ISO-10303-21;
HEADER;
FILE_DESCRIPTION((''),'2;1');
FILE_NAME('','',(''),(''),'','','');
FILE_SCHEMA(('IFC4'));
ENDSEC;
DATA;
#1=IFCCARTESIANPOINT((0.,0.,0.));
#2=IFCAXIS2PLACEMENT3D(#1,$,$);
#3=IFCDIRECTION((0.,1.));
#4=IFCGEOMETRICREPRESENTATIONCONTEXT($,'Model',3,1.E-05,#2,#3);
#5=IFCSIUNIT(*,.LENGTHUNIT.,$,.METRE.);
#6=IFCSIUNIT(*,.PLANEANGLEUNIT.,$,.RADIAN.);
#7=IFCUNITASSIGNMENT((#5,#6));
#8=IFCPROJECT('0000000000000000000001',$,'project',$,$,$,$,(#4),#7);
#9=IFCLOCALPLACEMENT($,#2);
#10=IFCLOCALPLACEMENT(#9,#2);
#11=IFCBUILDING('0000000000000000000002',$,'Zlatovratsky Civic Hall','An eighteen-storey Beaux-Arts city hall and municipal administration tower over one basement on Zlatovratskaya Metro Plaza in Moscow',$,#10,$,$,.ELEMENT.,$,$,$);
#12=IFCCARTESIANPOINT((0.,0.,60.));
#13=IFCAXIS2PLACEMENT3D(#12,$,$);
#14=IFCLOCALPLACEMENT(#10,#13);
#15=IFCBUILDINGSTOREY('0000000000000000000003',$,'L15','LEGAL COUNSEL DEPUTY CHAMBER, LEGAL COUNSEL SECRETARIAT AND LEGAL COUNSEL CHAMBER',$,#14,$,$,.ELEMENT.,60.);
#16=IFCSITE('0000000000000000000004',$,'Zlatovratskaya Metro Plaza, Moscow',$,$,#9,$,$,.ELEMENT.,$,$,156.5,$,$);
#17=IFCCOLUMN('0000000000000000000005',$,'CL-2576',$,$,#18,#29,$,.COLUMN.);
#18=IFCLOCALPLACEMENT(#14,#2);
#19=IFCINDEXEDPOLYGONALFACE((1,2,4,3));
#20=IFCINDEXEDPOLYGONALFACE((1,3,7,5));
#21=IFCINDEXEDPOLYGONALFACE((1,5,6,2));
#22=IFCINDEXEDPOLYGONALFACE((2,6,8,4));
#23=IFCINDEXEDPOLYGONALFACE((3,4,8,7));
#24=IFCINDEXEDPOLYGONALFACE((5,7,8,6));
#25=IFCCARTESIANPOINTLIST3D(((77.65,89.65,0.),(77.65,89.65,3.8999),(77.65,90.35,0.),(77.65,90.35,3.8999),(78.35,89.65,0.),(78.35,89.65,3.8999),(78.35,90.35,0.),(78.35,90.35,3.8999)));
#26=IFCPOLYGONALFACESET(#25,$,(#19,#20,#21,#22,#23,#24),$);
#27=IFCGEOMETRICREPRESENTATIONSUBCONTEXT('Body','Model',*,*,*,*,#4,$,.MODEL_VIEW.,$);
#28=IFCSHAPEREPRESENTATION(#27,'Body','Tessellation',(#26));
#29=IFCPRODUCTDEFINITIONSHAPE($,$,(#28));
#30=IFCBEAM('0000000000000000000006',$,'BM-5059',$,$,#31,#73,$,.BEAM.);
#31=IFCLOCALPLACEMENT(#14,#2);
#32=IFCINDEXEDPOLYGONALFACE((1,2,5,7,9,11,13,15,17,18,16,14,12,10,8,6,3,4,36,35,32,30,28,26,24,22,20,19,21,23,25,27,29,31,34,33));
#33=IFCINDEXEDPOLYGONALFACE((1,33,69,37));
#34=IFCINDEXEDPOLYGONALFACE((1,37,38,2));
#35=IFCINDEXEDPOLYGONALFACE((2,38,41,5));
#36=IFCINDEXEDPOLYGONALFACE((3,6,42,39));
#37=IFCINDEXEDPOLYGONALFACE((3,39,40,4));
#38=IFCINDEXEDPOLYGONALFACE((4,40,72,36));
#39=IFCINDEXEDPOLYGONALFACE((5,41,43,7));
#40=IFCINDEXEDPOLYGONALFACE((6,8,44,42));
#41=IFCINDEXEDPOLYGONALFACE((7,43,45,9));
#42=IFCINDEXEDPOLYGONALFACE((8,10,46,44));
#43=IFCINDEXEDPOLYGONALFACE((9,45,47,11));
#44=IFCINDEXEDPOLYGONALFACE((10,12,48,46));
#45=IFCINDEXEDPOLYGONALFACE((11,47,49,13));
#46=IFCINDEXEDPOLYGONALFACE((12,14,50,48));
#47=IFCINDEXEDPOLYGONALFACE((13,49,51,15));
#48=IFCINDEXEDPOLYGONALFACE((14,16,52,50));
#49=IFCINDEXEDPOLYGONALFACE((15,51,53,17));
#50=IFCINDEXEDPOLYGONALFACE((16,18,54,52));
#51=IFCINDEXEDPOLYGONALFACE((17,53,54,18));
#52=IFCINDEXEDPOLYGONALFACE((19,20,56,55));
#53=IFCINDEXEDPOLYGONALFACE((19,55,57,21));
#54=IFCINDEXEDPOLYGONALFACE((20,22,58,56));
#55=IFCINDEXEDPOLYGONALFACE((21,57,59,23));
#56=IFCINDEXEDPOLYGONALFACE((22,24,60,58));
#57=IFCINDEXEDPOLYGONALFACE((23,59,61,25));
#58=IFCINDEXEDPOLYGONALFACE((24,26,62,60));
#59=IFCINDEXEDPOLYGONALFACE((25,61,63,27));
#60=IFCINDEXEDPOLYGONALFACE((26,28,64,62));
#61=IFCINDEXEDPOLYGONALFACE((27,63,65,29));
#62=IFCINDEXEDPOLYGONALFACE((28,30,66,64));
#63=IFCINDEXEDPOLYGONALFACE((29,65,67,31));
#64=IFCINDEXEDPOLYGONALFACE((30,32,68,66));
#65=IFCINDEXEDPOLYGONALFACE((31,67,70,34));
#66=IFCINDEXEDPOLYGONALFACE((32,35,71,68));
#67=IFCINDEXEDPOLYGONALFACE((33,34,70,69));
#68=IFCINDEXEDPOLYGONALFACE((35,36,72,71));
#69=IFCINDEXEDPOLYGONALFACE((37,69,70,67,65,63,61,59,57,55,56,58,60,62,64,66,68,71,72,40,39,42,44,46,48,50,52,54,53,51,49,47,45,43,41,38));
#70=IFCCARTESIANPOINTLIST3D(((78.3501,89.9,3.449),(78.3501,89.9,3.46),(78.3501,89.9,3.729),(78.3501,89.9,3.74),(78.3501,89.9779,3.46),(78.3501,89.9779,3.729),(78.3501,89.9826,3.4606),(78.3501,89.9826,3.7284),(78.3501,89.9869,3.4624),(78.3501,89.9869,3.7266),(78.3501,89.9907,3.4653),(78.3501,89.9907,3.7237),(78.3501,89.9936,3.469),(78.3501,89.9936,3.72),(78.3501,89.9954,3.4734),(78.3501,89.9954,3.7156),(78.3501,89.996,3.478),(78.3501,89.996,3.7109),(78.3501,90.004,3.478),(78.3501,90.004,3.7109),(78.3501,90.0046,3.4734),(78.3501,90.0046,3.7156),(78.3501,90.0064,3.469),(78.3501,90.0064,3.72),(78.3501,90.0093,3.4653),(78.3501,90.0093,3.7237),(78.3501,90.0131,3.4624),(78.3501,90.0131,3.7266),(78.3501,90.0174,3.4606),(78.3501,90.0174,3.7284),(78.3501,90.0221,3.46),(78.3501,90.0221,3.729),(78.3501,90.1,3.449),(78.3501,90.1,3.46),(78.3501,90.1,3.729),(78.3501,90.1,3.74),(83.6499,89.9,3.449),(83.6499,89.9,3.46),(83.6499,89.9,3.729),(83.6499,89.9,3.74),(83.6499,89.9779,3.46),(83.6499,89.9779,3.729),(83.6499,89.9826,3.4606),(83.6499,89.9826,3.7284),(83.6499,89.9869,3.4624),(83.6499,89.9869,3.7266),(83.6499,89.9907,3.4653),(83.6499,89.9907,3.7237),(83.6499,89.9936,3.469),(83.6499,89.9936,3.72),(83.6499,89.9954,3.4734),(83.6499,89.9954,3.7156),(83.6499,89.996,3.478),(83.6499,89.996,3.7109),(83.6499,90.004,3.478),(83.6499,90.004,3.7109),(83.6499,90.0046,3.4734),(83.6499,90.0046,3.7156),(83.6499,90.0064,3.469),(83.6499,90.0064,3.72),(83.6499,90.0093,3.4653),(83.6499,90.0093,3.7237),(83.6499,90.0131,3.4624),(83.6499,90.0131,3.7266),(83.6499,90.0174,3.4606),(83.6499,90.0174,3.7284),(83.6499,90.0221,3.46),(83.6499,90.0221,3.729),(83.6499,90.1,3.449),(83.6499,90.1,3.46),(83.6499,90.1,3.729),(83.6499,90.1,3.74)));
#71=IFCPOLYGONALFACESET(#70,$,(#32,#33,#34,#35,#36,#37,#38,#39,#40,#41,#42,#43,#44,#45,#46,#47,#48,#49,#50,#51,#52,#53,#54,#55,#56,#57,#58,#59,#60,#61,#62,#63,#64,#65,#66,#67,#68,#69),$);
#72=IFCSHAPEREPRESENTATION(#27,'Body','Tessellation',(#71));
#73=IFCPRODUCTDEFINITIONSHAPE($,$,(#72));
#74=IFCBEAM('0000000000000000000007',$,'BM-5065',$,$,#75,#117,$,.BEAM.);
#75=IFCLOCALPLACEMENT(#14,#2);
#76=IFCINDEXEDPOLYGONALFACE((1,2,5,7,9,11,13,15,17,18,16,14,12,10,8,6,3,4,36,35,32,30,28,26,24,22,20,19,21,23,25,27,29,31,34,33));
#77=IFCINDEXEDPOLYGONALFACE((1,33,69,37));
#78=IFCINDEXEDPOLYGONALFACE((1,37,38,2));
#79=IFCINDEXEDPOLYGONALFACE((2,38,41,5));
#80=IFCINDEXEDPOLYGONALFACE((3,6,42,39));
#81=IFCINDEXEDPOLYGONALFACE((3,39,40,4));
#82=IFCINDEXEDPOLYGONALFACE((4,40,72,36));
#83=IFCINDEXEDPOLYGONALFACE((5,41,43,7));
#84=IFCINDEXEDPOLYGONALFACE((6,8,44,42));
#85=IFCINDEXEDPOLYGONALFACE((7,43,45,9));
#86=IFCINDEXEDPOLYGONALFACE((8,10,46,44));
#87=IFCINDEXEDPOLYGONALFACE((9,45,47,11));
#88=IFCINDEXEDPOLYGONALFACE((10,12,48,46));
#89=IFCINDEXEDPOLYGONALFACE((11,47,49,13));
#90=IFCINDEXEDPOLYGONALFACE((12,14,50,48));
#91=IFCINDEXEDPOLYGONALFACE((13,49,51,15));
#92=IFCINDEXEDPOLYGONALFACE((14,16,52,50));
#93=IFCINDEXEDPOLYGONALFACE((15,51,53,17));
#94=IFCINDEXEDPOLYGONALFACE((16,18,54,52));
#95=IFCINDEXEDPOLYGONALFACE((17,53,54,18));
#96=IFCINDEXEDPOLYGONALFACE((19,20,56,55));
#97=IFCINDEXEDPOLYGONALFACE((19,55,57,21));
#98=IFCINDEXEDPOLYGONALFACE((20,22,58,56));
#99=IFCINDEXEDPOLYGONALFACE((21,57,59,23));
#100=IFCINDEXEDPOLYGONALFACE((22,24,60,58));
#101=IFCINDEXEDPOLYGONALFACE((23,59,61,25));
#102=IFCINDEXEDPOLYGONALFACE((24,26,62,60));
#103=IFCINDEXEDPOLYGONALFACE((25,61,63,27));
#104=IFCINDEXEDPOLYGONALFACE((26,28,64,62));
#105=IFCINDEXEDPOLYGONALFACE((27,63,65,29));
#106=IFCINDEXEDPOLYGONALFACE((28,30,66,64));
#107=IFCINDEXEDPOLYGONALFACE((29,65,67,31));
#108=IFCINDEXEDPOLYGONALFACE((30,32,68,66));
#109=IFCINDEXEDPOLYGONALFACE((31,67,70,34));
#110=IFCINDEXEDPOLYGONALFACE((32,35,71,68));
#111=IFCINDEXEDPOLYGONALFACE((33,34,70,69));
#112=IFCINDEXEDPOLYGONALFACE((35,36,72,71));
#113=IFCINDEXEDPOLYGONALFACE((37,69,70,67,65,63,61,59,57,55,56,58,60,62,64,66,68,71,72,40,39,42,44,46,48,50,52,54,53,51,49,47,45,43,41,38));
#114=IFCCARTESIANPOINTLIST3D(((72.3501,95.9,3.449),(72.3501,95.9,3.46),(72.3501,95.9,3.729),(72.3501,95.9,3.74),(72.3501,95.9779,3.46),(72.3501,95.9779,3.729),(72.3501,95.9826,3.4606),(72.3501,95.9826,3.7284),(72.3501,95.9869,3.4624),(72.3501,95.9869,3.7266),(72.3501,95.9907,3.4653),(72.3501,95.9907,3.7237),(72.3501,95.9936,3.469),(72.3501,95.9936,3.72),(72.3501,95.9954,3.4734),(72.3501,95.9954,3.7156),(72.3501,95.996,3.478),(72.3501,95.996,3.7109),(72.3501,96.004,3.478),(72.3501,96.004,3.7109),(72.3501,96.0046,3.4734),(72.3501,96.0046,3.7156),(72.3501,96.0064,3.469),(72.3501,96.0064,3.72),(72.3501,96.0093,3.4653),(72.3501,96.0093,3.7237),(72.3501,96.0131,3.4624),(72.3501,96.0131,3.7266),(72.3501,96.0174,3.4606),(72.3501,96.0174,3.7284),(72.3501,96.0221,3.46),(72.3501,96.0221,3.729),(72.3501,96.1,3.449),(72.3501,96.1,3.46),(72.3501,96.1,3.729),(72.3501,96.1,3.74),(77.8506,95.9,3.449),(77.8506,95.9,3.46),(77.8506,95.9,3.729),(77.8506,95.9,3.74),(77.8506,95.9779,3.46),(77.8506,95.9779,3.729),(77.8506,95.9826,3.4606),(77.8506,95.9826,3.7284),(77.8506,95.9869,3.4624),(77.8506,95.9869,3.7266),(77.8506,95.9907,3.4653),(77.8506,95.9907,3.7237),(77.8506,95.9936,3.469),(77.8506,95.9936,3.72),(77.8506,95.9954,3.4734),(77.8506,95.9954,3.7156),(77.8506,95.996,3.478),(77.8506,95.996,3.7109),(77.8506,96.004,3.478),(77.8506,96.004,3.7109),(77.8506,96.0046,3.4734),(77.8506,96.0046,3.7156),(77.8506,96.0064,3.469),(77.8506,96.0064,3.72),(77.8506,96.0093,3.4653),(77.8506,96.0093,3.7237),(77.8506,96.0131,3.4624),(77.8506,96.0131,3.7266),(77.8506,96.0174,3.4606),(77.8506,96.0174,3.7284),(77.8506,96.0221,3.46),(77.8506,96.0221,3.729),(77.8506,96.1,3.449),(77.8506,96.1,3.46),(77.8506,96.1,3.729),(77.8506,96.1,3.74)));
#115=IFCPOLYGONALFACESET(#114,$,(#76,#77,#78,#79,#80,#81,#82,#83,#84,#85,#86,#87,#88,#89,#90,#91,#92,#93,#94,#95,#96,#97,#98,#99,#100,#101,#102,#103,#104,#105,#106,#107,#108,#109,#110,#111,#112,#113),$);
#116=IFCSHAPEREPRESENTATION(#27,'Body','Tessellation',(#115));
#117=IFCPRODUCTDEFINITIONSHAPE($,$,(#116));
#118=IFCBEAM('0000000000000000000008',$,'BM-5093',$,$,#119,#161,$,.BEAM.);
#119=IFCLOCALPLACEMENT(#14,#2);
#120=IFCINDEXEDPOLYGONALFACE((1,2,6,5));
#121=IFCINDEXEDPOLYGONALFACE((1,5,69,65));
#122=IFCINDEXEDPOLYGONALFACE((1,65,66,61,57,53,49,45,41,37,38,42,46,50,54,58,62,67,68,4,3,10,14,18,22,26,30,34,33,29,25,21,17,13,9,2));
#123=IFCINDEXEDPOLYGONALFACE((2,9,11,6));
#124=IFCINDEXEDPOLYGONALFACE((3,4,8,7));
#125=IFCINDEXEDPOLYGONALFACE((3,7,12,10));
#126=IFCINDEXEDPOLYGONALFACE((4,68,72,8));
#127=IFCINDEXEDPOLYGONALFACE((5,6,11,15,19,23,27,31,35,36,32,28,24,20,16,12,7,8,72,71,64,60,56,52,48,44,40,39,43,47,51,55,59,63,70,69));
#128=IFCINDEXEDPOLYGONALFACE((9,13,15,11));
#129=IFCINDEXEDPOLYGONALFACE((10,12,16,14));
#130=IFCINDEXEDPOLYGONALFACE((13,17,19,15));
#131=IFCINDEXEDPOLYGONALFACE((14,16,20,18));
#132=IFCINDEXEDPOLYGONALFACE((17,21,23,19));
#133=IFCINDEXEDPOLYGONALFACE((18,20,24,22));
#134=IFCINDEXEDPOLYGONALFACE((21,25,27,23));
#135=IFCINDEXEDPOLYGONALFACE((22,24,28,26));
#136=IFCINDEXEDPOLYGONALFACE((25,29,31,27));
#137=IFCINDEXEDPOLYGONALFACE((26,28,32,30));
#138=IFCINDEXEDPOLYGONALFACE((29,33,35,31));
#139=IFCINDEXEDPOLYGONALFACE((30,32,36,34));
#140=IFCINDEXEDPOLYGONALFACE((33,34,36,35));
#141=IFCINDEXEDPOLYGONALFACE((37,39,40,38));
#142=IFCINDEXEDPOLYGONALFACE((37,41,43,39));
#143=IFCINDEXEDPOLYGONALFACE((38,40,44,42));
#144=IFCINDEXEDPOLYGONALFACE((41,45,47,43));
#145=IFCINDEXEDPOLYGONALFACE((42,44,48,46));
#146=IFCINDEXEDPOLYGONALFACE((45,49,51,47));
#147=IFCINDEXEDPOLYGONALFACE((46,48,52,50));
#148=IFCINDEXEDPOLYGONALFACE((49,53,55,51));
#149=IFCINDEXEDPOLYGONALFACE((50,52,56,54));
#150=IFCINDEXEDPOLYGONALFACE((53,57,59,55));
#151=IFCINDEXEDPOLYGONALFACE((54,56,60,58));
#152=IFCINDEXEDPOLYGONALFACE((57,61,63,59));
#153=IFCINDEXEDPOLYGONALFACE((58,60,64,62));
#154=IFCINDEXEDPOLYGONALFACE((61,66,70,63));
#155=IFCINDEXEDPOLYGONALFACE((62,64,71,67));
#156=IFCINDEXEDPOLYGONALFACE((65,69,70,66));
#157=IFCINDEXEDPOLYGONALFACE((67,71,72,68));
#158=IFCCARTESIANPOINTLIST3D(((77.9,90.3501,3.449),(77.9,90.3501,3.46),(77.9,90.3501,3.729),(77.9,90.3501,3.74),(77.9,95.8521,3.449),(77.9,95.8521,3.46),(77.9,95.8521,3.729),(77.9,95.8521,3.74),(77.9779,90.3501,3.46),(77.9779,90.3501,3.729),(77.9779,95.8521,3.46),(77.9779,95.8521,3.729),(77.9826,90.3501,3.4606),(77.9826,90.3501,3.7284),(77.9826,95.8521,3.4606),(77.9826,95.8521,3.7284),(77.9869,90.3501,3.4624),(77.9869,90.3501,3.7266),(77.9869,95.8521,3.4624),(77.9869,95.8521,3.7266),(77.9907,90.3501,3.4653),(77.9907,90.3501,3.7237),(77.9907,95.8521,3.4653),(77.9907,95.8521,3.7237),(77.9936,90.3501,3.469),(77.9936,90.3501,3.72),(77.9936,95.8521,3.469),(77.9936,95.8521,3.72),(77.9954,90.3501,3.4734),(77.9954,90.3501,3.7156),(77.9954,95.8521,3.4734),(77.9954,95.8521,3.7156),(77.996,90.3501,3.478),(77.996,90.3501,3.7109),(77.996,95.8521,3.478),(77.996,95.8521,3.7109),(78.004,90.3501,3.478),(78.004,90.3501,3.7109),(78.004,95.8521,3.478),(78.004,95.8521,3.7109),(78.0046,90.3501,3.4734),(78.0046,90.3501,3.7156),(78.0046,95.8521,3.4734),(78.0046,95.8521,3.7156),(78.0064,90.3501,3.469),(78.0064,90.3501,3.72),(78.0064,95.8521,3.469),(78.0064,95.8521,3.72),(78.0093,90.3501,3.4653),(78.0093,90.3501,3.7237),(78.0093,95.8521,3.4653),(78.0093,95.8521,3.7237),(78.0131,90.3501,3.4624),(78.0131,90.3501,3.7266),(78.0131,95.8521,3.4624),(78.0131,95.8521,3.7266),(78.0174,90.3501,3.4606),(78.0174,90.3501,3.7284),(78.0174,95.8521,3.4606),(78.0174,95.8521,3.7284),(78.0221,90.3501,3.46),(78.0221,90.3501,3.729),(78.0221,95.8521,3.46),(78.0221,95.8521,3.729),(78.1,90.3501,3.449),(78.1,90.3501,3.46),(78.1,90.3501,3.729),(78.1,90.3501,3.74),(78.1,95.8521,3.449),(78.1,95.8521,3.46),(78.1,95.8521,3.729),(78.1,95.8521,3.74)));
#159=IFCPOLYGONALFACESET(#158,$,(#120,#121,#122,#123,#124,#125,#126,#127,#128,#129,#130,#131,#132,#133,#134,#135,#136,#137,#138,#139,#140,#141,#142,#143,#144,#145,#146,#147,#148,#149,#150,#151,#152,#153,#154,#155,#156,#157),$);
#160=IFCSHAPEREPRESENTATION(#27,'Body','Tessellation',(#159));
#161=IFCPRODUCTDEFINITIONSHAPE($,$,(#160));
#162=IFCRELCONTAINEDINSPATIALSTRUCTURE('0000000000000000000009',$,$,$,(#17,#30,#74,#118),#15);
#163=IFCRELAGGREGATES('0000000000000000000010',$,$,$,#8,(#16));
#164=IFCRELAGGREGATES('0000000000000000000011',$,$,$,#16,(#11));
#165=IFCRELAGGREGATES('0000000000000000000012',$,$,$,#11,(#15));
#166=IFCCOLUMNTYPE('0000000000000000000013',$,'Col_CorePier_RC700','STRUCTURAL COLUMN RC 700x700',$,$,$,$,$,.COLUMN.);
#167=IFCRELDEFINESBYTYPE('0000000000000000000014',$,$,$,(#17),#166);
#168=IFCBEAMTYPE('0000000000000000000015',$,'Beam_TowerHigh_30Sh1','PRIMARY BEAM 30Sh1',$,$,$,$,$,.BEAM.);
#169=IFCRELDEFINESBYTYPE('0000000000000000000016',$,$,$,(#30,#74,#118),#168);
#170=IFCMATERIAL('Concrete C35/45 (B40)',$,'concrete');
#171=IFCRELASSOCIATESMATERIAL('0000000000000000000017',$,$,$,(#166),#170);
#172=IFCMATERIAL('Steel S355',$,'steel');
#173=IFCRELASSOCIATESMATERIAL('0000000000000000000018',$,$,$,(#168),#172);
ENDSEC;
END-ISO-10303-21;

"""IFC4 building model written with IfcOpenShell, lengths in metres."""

from ifc_helpers import new_model, si_unit, direction, frame, origin, origin_2d, place, context, subcontext, project, spatial, rectangle, i_section, extrude, material, material_profile, profile_set, type_object, element, save


model = new_model("IFC4")

# Units and contexts
model_context = context("Model", 3, precision=1e-05, world=origin(), true_north=direction((0.0, 1.0)))
body_context = subcontext(model_context, "Body", "Model", "MODEL_VIEW")
ifc_project = project(units=[si_unit("LENGTHUNIT", "METRE"), si_unit("PLANEANGLEUNIT", "RADIAN")], contexts=[model_context])

# Site, building, storey
site_placement = place(None, origin())
site = spatial("IfcSite", under=ifc_project, at=site_placement, Name="Zlatovratskaya Metro Plaza, Moscow", CompositionType="ELEMENT", RefElevation=156.5)
building_placement = place(site_placement, origin())
building = spatial("IfcBuilding", under=site, at=building_placement, Name="Zlatovratsky Civic Hall", Description="An eighteen-storey Beaux-Arts city hall and municipal administration tower over one basement on Zlatovratskaya Metro Plaza in Moscow", CompositionType="ELEMENT")
storey_placement = place(building_placement, frame((0.0, 0.0, 60.0)))
storey = spatial("IfcBuildingStorey", under=building, at=storey_placement, Name="L15", Description="LEGAL COUNSEL DEPUTY CHAMBER, LEGAL COUNSEL SECRETARIAT AND LEGAL COUNSEL CHAMBER", CompositionType="ELEMENT", Elevation=60.0)

# Column
ifc_material_1 = material(Name="Concrete C35/45 (B40)", Category="concrete")
ifc_material_profile_1 = material_profile(ifc_material_1, rectangle(XDim=0.7, YDim=0.7, at=origin_2d()), Name="RC 700x700")
ifc_profile_set_1 = profile_set([ifc_material_profile_1], Name="Concrete C35/45 (B40)")
column_type = type_object("IfcColumnType", Name="Col_CorePier_RC700", Description="STRUCTURAL COLUMN RC 700x700", PredefinedType="COLUMN", material=ifc_profile_set_1)
column_placement = place(storey_placement, frame((78.0, 90.0, 0.0), z_axis=(0.0, 0.0, 1.0), x_axis=(1.0, 0.0, 0.0)))
element("IfcColumn", 1, at=column_placement, inside=storey, type_object=column_type, Name="CL-2576", PredefinedType="COLUMN", context=body_context, shape_type="SweptSolid", body=[
    extrude(rectangle(XDim=0.7, YDim=0.7, at=origin_2d()), origin(), (0.0, 0.0, 1.0), 3.8999),
])

# Beams
ifc_material_2 = material(Name="Steel S355", Category="steel")
ifc_material_profile_2 = material_profile(ifc_material_2, i_section(OverallWidth=0.2, OverallDepth=0.291, WebThickness=0.0081, FlangeThickness=0.011, FilletRadius=0.0181, at=origin_2d()), Name="30Sh1")
ifc_profile_set_2 = profile_set([ifc_material_profile_2], Name="Steel S355")
beam_type_1 = type_object("IfcBeamType", Name="Beam_TowerHigh_30Sh1", Description="PRIMARY BEAM 30Sh1", PredefinedType="BEAM", material=ifc_profile_set_2)
beam_1_placement = place(storey_placement, frame((78.3501, 90.0, 3.5945), z_axis=(1.0, 0.0, 0.0), x_axis=(0.0, 1.0, 0.0)))
element("IfcBeam", 2, at=beam_1_placement, inside=storey, type_object=beam_type_1, Name="BM-5059", PredefinedType="BEAM", context=body_context, shape_type="SweptSolid", body=[
    extrude(i_section(OverallWidth=0.2, OverallDepth=0.291, WebThickness=0.0081, FlangeThickness=0.011, FilletRadius=0.0181, at=origin_2d()), origin(), (0.0, 0.0, 1.0), 5.2998),
])
beam_2_placement = place(storey_placement, frame((72.3501, 96.0, 3.5945), z_axis=(1.0, 0.0, 0.0), x_axis=(0.0, 1.0, 0.0)))
element("IfcBeam", 3, at=beam_2_placement, inside=storey, type_object=beam_type_1, Name="BM-5065", PredefinedType="BEAM", context=body_context, shape_type="SweptSolid", body=[
    extrude(i_section(OverallWidth=0.2, OverallDepth=0.291, WebThickness=0.0081, FlangeThickness=0.011, FilletRadius=0.0181, at=origin_2d()), origin(), (0.0, 0.0, 1.0), 5.5005),
])
beam_3_placement = place(storey_placement, frame((78.0, 90.3501, 3.5945), z_axis=(0.0, 1.0, 0.0), x_axis=(-1.0, 0.0, 0.0)))
element("IfcBeam", 4, at=beam_3_placement, inside=storey, type_object=beam_type_1, Name="BM-5093", PredefinedType="BEAM", context=body_context, shape_type="SweptSolid", body=[
    extrude(i_section(OverallWidth=0.2, OverallDepth=0.291, WebThickness=0.0081, FlangeThickness=0.011, FilletRadius=0.0181, at=origin_2d()), origin(), (0.0, 0.0, 1.0), 5.502),
])

save(model, "model.ifc")
